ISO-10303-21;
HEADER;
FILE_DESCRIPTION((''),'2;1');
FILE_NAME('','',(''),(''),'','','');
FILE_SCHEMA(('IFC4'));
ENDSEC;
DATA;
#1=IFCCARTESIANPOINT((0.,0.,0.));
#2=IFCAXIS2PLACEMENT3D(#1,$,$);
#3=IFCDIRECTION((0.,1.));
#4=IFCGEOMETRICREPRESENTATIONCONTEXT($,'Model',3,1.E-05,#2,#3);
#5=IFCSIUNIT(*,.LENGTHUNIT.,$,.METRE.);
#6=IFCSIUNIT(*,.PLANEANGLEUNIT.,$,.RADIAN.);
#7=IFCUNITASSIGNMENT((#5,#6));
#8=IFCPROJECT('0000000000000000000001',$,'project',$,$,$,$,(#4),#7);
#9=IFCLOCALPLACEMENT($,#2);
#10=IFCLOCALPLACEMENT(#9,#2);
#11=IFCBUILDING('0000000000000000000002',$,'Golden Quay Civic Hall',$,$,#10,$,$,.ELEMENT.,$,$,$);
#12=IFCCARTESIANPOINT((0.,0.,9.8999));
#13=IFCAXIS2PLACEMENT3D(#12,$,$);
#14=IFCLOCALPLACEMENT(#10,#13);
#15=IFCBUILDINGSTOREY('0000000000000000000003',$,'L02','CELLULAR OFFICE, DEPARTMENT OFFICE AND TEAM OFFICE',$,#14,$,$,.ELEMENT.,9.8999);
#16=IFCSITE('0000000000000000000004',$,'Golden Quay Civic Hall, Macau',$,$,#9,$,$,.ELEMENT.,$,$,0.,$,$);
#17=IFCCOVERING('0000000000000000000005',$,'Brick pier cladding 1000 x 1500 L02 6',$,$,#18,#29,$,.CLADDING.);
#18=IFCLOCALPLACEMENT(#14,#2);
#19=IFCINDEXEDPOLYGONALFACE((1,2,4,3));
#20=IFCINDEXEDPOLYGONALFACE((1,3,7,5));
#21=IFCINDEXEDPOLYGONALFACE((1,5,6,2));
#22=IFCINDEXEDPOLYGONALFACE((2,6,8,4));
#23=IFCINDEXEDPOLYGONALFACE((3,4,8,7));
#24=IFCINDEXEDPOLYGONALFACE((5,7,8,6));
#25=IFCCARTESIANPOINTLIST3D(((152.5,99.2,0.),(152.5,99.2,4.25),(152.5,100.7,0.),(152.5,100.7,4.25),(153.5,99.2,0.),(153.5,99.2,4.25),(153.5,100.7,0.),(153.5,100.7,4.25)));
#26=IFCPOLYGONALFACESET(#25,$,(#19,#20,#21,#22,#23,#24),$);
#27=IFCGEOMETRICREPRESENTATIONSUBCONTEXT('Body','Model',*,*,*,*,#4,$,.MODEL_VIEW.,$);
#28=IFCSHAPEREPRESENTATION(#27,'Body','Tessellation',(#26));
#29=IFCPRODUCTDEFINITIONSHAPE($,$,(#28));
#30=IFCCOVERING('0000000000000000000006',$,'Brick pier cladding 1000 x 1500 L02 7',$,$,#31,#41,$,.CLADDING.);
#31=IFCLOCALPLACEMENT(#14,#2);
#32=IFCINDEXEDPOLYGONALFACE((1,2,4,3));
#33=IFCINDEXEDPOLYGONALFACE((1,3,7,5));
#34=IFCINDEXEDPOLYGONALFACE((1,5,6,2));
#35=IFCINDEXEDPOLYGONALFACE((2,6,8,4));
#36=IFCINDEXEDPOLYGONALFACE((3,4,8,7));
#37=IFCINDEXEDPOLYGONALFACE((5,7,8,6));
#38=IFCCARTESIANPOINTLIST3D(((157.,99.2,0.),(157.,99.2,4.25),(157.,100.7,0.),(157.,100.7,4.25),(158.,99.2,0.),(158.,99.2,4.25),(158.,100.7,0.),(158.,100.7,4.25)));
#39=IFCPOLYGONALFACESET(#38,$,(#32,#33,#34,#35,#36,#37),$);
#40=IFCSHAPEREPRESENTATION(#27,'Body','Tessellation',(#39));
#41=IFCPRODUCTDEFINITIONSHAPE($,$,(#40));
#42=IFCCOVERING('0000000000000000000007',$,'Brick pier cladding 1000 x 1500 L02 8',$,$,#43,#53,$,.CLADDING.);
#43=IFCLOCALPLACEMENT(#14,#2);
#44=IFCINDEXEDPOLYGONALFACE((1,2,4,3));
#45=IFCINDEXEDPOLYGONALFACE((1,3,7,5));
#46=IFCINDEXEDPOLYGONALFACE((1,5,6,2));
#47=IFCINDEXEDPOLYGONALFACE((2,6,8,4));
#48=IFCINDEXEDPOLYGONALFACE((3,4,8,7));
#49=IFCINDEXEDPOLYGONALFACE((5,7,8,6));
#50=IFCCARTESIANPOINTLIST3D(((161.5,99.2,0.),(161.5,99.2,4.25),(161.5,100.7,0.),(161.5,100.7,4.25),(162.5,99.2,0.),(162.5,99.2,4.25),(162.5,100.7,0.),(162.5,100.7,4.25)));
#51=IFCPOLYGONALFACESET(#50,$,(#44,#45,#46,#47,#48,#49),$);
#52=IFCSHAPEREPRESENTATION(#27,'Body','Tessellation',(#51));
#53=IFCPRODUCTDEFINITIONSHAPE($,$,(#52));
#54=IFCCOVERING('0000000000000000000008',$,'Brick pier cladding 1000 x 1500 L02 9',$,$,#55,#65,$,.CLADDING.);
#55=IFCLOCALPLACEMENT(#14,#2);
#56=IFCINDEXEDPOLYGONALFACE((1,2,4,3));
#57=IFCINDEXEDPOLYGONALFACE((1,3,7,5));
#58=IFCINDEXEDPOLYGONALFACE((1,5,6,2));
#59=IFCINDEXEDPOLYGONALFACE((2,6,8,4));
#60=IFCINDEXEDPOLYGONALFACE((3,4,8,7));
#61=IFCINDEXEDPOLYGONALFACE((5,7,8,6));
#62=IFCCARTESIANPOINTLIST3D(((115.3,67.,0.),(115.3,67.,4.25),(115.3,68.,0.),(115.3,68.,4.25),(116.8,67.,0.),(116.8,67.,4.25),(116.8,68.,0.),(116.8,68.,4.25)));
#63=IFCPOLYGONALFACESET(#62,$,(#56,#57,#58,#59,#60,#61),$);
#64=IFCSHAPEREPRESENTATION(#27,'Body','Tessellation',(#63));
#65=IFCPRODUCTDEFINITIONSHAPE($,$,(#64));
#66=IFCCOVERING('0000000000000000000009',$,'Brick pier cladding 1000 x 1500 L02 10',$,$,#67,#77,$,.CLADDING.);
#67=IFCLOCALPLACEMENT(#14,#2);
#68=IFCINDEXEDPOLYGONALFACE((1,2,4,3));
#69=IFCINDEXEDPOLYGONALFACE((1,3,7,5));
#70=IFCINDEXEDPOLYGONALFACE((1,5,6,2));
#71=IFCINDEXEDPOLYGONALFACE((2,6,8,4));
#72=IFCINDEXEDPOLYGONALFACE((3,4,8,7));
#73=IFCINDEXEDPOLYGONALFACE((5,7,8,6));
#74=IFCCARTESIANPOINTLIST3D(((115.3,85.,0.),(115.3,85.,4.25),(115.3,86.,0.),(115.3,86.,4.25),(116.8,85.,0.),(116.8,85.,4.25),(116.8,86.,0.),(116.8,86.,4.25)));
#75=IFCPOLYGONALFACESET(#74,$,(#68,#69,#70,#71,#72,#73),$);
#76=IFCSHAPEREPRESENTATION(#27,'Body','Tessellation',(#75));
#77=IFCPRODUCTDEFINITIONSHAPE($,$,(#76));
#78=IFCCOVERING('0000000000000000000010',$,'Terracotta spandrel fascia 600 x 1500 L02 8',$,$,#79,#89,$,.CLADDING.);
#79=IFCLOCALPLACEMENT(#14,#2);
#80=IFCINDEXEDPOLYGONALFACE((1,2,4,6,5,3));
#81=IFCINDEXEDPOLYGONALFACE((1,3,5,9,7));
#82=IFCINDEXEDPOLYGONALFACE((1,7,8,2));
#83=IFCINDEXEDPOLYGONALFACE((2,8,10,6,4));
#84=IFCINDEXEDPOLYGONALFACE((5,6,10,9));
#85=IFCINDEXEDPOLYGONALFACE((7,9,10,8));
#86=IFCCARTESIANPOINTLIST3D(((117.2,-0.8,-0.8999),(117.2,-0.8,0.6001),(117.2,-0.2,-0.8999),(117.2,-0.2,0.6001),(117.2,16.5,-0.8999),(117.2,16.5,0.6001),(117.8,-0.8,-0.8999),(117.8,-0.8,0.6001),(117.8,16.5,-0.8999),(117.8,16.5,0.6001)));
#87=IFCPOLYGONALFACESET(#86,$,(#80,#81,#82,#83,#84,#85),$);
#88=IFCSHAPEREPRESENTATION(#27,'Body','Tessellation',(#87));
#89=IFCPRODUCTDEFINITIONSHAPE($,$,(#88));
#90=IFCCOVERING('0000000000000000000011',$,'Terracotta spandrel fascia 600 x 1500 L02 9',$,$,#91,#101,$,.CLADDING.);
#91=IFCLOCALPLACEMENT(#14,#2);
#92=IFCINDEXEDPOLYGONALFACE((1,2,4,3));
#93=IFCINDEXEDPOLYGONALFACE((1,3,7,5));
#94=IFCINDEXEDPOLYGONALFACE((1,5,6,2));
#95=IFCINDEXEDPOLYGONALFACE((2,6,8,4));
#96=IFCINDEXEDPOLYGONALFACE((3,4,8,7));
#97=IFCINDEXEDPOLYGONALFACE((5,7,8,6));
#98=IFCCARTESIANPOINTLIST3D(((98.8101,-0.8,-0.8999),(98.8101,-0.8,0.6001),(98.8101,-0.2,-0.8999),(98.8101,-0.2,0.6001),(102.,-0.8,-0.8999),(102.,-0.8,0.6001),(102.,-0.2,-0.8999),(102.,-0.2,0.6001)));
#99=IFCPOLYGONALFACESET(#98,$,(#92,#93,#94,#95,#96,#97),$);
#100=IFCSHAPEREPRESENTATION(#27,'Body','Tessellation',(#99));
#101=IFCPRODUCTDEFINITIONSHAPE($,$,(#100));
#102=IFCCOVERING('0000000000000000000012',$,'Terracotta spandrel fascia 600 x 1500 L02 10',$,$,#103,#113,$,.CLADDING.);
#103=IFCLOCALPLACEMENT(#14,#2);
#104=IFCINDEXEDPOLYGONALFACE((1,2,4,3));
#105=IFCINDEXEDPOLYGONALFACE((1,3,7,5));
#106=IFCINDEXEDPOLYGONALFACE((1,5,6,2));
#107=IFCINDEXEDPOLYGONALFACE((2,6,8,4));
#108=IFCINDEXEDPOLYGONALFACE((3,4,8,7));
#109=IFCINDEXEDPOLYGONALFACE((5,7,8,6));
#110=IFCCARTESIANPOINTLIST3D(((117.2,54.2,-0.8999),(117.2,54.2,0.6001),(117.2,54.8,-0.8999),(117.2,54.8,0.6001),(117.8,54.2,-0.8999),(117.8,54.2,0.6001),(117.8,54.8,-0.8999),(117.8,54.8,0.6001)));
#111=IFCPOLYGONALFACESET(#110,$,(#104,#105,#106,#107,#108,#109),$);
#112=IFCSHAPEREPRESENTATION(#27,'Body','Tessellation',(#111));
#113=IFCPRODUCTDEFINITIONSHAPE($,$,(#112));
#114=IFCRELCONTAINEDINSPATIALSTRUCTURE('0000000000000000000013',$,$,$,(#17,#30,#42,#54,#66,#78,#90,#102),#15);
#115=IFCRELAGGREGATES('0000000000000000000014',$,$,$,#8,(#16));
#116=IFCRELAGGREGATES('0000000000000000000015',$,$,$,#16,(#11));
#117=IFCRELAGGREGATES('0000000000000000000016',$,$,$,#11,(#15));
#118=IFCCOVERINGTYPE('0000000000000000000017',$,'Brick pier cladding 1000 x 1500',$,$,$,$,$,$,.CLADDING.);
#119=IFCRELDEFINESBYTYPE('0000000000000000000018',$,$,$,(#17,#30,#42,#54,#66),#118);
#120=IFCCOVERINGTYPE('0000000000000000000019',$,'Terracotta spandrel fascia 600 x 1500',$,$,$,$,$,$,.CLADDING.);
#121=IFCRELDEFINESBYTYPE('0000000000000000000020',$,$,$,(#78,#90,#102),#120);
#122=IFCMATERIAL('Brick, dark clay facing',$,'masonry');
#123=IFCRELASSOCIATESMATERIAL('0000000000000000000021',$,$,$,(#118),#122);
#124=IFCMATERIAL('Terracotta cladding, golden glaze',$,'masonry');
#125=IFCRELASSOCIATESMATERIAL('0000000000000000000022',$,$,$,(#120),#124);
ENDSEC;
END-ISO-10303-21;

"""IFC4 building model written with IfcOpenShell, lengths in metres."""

from ifc_helpers import new_model, si_unit, direction, frame, origin, place, context, subcontext, project, spatial, polyline, outline, extrude, material, type_object, element, save


model = new_model("IFC4")

# Units and contexts
model_context = context("Model", 3, precision=1e-05, world=origin(), true_north=direction((0.0, 1.0)))
body_context = subcontext(model_context, "Body", "Model", "MODEL_VIEW")
ifc_project = project(units=[si_unit("LENGTHUNIT", "METRE"), si_unit("PLANEANGLEUNIT", "RADIAN")], contexts=[model_context])

# Site, building, storey
site_placement = place(None, origin())
site = spatial("IfcSite", under=ifc_project, at=site_placement, Name="Golden Quay Civic Hall, Macau", CompositionType="ELEMENT", RefElevation=0.0)
building_placement = place(site_placement, origin())
building = spatial("IfcBuilding", under=site, at=building_placement, Name="Golden Quay Civic Hall", CompositionType="ELEMENT")
storey_placement = place(building_placement, frame((0.0, 0.0, 9.8999)))
storey = spatial("IfcBuildingStorey", under=building, at=storey_placement, Name="L02", Description="CELLULAR OFFICE, DEPARTMENT OFFICE AND TEAM OFFICE", CompositionType="ELEMENT", Elevation=9.8999)

# Coverings
ifc_material_1 = material(Name="Brick, dark clay facing", Category="masonry")
covering_type_1 = type_object("IfcCoveringType", Name="Brick pier cladding 1000 x 1500", PredefinedType="CLADDING", material=ifc_material_1)
covering_1_placement = place(storey_placement, origin())
element("IfcCovering", 1, at=covering_1_placement, inside=storey, type_object=covering_type_1, Name="Brick pier cladding 1000 x 1500 L02 6", PredefinedType="CLADDING", context=body_context, shape_type="SweptSolid", body=[
    extrude(outline(polyline([(152.5, 99.2), (153.5, 99.2), (153.5, 100.7), (152.5, 100.7), (152.5, 99.2)])), origin(), (0.0, 0.0, 1.0), 4.25),
])
covering_2_placement = place(storey_placement, origin())
element("IfcCovering", 2, at=covering_2_placement, inside=storey, type_object=covering_type_1, Name="Brick pier cladding 1000 x 1500 L02 7", PredefinedType="CLADDING", context=body_context, shape_type="SweptSolid", body=[
    extrude(outline(polyline([(157.0, 99.2), (158.0, 99.2), (158.0, 100.7), (157.0, 100.7), (157.0, 99.2)])), origin(), (0.0, 0.0, 1.0), 4.25),
])
covering_3_placement = place(storey_placement, origin())
element("IfcCovering", 3, at=covering_3_placement, inside=storey, type_object=covering_type_1, Name="Brick pier cladding 1000 x 1500 L02 8", PredefinedType="CLADDING", context=body_context, shape_type="SweptSolid", body=[
    extrude(outline(polyline([(161.5, 99.2), (162.5, 99.2), (162.5, 100.7), (161.5, 100.7), (161.5, 99.2)])), origin(), (0.0, 0.0, 1.0), 4.25),
])
covering_4_placement = place(storey_placement, origin())
element("IfcCovering", 4, at=covering_4_placement, inside=storey, type_object=covering_type_1, Name="Brick pier cladding 1000 x 1500 L02 9", PredefinedType="CLADDING", context=body_context, shape_type="SweptSolid", body=[
    extrude(outline(polyline([(116.8, 67.0), (116.8, 68.0), (115.3, 68.0), (115.3, 67.0), (116.8, 67.0)])), origin(), (0.0, 0.0, 1.0), 4.25),
])
covering_5_placement = place(storey_placement, origin())
element("IfcCovering", 5, at=covering_5_placement, inside=storey, type_object=covering_type_1, Name="Brick pier cladding 1000 x 1500 L02 10", PredefinedType="CLADDING", context=body_context, shape_type="SweptSolid", body=[
    extrude(outline(polyline([(116.8, 85.0), (116.8, 86.0), (115.3, 86.0), (115.3, 85.0), (116.8, 85.0)])), origin(), (0.0, 0.0, 1.0), 4.25),
])
ifc_material_2 = material(Name="Terracotta cladding, golden glaze", Category="masonry")
covering_type_2 = type_object("IfcCoveringType", Name="Terracotta spandrel fascia 600 x 1500", PredefinedType="CLADDING", material=ifc_material_2)
covering_6_placement = place(storey_placement, frame((0.0, 0.0, -0.8999)))
element("IfcCovering", 6, at=covering_6_placement, inside=storey, type_object=covering_type_2, Name="Terracotta spandrel fascia 600 x 1500 L02 8", PredefinedType="CLADDING", context=body_context, shape_type="SweptSolid", body=[
    extrude(outline(polyline([(117.8, -0.8), (117.2, -0.8), (117.2, -0.2), (117.2, 16.5), (117.8, 16.5), (117.8, -0.8)])), origin(), (0.0, 0.0, 1.0), 1.5),
])
covering_7_placement = place(storey_placement, frame((0.0, 0.0, -0.8999)))
element("IfcCovering", 7, at=covering_7_placement, inside=storey, type_object=covering_type_2, Name="Terracotta spandrel fascia 600 x 1500 L02 9", PredefinedType="CLADDING", context=body_context, shape_type="SweptSolid", body=[
    extrude(outline(polyline([(98.8101, -0.2), (102.0, -0.2), (102.0, -0.8), (98.8101, -0.8), (98.8101, -0.2)])), origin(), (0.0, 0.0, 1.0), 1.5),
])
covering_8_placement = place(storey_placement, frame((0.0, 0.0, -0.8999)))
element("IfcCovering", 8, at=covering_8_placement, inside=storey, type_object=covering_type_2, Name="Terracotta spandrel fascia 600 x 1500 L02 10", PredefinedType="CLADDING", context=body_context, shape_type="SweptSolid", body=[
    extrude(outline(polyline([(117.2, 54.2), (117.2, 54.8), (117.8, 54.8), (117.8, 54.2), (117.2, 54.2)])), origin(), (0.0, 0.0, 1.0), 1.5),
])

save(model, "model.ifc")
